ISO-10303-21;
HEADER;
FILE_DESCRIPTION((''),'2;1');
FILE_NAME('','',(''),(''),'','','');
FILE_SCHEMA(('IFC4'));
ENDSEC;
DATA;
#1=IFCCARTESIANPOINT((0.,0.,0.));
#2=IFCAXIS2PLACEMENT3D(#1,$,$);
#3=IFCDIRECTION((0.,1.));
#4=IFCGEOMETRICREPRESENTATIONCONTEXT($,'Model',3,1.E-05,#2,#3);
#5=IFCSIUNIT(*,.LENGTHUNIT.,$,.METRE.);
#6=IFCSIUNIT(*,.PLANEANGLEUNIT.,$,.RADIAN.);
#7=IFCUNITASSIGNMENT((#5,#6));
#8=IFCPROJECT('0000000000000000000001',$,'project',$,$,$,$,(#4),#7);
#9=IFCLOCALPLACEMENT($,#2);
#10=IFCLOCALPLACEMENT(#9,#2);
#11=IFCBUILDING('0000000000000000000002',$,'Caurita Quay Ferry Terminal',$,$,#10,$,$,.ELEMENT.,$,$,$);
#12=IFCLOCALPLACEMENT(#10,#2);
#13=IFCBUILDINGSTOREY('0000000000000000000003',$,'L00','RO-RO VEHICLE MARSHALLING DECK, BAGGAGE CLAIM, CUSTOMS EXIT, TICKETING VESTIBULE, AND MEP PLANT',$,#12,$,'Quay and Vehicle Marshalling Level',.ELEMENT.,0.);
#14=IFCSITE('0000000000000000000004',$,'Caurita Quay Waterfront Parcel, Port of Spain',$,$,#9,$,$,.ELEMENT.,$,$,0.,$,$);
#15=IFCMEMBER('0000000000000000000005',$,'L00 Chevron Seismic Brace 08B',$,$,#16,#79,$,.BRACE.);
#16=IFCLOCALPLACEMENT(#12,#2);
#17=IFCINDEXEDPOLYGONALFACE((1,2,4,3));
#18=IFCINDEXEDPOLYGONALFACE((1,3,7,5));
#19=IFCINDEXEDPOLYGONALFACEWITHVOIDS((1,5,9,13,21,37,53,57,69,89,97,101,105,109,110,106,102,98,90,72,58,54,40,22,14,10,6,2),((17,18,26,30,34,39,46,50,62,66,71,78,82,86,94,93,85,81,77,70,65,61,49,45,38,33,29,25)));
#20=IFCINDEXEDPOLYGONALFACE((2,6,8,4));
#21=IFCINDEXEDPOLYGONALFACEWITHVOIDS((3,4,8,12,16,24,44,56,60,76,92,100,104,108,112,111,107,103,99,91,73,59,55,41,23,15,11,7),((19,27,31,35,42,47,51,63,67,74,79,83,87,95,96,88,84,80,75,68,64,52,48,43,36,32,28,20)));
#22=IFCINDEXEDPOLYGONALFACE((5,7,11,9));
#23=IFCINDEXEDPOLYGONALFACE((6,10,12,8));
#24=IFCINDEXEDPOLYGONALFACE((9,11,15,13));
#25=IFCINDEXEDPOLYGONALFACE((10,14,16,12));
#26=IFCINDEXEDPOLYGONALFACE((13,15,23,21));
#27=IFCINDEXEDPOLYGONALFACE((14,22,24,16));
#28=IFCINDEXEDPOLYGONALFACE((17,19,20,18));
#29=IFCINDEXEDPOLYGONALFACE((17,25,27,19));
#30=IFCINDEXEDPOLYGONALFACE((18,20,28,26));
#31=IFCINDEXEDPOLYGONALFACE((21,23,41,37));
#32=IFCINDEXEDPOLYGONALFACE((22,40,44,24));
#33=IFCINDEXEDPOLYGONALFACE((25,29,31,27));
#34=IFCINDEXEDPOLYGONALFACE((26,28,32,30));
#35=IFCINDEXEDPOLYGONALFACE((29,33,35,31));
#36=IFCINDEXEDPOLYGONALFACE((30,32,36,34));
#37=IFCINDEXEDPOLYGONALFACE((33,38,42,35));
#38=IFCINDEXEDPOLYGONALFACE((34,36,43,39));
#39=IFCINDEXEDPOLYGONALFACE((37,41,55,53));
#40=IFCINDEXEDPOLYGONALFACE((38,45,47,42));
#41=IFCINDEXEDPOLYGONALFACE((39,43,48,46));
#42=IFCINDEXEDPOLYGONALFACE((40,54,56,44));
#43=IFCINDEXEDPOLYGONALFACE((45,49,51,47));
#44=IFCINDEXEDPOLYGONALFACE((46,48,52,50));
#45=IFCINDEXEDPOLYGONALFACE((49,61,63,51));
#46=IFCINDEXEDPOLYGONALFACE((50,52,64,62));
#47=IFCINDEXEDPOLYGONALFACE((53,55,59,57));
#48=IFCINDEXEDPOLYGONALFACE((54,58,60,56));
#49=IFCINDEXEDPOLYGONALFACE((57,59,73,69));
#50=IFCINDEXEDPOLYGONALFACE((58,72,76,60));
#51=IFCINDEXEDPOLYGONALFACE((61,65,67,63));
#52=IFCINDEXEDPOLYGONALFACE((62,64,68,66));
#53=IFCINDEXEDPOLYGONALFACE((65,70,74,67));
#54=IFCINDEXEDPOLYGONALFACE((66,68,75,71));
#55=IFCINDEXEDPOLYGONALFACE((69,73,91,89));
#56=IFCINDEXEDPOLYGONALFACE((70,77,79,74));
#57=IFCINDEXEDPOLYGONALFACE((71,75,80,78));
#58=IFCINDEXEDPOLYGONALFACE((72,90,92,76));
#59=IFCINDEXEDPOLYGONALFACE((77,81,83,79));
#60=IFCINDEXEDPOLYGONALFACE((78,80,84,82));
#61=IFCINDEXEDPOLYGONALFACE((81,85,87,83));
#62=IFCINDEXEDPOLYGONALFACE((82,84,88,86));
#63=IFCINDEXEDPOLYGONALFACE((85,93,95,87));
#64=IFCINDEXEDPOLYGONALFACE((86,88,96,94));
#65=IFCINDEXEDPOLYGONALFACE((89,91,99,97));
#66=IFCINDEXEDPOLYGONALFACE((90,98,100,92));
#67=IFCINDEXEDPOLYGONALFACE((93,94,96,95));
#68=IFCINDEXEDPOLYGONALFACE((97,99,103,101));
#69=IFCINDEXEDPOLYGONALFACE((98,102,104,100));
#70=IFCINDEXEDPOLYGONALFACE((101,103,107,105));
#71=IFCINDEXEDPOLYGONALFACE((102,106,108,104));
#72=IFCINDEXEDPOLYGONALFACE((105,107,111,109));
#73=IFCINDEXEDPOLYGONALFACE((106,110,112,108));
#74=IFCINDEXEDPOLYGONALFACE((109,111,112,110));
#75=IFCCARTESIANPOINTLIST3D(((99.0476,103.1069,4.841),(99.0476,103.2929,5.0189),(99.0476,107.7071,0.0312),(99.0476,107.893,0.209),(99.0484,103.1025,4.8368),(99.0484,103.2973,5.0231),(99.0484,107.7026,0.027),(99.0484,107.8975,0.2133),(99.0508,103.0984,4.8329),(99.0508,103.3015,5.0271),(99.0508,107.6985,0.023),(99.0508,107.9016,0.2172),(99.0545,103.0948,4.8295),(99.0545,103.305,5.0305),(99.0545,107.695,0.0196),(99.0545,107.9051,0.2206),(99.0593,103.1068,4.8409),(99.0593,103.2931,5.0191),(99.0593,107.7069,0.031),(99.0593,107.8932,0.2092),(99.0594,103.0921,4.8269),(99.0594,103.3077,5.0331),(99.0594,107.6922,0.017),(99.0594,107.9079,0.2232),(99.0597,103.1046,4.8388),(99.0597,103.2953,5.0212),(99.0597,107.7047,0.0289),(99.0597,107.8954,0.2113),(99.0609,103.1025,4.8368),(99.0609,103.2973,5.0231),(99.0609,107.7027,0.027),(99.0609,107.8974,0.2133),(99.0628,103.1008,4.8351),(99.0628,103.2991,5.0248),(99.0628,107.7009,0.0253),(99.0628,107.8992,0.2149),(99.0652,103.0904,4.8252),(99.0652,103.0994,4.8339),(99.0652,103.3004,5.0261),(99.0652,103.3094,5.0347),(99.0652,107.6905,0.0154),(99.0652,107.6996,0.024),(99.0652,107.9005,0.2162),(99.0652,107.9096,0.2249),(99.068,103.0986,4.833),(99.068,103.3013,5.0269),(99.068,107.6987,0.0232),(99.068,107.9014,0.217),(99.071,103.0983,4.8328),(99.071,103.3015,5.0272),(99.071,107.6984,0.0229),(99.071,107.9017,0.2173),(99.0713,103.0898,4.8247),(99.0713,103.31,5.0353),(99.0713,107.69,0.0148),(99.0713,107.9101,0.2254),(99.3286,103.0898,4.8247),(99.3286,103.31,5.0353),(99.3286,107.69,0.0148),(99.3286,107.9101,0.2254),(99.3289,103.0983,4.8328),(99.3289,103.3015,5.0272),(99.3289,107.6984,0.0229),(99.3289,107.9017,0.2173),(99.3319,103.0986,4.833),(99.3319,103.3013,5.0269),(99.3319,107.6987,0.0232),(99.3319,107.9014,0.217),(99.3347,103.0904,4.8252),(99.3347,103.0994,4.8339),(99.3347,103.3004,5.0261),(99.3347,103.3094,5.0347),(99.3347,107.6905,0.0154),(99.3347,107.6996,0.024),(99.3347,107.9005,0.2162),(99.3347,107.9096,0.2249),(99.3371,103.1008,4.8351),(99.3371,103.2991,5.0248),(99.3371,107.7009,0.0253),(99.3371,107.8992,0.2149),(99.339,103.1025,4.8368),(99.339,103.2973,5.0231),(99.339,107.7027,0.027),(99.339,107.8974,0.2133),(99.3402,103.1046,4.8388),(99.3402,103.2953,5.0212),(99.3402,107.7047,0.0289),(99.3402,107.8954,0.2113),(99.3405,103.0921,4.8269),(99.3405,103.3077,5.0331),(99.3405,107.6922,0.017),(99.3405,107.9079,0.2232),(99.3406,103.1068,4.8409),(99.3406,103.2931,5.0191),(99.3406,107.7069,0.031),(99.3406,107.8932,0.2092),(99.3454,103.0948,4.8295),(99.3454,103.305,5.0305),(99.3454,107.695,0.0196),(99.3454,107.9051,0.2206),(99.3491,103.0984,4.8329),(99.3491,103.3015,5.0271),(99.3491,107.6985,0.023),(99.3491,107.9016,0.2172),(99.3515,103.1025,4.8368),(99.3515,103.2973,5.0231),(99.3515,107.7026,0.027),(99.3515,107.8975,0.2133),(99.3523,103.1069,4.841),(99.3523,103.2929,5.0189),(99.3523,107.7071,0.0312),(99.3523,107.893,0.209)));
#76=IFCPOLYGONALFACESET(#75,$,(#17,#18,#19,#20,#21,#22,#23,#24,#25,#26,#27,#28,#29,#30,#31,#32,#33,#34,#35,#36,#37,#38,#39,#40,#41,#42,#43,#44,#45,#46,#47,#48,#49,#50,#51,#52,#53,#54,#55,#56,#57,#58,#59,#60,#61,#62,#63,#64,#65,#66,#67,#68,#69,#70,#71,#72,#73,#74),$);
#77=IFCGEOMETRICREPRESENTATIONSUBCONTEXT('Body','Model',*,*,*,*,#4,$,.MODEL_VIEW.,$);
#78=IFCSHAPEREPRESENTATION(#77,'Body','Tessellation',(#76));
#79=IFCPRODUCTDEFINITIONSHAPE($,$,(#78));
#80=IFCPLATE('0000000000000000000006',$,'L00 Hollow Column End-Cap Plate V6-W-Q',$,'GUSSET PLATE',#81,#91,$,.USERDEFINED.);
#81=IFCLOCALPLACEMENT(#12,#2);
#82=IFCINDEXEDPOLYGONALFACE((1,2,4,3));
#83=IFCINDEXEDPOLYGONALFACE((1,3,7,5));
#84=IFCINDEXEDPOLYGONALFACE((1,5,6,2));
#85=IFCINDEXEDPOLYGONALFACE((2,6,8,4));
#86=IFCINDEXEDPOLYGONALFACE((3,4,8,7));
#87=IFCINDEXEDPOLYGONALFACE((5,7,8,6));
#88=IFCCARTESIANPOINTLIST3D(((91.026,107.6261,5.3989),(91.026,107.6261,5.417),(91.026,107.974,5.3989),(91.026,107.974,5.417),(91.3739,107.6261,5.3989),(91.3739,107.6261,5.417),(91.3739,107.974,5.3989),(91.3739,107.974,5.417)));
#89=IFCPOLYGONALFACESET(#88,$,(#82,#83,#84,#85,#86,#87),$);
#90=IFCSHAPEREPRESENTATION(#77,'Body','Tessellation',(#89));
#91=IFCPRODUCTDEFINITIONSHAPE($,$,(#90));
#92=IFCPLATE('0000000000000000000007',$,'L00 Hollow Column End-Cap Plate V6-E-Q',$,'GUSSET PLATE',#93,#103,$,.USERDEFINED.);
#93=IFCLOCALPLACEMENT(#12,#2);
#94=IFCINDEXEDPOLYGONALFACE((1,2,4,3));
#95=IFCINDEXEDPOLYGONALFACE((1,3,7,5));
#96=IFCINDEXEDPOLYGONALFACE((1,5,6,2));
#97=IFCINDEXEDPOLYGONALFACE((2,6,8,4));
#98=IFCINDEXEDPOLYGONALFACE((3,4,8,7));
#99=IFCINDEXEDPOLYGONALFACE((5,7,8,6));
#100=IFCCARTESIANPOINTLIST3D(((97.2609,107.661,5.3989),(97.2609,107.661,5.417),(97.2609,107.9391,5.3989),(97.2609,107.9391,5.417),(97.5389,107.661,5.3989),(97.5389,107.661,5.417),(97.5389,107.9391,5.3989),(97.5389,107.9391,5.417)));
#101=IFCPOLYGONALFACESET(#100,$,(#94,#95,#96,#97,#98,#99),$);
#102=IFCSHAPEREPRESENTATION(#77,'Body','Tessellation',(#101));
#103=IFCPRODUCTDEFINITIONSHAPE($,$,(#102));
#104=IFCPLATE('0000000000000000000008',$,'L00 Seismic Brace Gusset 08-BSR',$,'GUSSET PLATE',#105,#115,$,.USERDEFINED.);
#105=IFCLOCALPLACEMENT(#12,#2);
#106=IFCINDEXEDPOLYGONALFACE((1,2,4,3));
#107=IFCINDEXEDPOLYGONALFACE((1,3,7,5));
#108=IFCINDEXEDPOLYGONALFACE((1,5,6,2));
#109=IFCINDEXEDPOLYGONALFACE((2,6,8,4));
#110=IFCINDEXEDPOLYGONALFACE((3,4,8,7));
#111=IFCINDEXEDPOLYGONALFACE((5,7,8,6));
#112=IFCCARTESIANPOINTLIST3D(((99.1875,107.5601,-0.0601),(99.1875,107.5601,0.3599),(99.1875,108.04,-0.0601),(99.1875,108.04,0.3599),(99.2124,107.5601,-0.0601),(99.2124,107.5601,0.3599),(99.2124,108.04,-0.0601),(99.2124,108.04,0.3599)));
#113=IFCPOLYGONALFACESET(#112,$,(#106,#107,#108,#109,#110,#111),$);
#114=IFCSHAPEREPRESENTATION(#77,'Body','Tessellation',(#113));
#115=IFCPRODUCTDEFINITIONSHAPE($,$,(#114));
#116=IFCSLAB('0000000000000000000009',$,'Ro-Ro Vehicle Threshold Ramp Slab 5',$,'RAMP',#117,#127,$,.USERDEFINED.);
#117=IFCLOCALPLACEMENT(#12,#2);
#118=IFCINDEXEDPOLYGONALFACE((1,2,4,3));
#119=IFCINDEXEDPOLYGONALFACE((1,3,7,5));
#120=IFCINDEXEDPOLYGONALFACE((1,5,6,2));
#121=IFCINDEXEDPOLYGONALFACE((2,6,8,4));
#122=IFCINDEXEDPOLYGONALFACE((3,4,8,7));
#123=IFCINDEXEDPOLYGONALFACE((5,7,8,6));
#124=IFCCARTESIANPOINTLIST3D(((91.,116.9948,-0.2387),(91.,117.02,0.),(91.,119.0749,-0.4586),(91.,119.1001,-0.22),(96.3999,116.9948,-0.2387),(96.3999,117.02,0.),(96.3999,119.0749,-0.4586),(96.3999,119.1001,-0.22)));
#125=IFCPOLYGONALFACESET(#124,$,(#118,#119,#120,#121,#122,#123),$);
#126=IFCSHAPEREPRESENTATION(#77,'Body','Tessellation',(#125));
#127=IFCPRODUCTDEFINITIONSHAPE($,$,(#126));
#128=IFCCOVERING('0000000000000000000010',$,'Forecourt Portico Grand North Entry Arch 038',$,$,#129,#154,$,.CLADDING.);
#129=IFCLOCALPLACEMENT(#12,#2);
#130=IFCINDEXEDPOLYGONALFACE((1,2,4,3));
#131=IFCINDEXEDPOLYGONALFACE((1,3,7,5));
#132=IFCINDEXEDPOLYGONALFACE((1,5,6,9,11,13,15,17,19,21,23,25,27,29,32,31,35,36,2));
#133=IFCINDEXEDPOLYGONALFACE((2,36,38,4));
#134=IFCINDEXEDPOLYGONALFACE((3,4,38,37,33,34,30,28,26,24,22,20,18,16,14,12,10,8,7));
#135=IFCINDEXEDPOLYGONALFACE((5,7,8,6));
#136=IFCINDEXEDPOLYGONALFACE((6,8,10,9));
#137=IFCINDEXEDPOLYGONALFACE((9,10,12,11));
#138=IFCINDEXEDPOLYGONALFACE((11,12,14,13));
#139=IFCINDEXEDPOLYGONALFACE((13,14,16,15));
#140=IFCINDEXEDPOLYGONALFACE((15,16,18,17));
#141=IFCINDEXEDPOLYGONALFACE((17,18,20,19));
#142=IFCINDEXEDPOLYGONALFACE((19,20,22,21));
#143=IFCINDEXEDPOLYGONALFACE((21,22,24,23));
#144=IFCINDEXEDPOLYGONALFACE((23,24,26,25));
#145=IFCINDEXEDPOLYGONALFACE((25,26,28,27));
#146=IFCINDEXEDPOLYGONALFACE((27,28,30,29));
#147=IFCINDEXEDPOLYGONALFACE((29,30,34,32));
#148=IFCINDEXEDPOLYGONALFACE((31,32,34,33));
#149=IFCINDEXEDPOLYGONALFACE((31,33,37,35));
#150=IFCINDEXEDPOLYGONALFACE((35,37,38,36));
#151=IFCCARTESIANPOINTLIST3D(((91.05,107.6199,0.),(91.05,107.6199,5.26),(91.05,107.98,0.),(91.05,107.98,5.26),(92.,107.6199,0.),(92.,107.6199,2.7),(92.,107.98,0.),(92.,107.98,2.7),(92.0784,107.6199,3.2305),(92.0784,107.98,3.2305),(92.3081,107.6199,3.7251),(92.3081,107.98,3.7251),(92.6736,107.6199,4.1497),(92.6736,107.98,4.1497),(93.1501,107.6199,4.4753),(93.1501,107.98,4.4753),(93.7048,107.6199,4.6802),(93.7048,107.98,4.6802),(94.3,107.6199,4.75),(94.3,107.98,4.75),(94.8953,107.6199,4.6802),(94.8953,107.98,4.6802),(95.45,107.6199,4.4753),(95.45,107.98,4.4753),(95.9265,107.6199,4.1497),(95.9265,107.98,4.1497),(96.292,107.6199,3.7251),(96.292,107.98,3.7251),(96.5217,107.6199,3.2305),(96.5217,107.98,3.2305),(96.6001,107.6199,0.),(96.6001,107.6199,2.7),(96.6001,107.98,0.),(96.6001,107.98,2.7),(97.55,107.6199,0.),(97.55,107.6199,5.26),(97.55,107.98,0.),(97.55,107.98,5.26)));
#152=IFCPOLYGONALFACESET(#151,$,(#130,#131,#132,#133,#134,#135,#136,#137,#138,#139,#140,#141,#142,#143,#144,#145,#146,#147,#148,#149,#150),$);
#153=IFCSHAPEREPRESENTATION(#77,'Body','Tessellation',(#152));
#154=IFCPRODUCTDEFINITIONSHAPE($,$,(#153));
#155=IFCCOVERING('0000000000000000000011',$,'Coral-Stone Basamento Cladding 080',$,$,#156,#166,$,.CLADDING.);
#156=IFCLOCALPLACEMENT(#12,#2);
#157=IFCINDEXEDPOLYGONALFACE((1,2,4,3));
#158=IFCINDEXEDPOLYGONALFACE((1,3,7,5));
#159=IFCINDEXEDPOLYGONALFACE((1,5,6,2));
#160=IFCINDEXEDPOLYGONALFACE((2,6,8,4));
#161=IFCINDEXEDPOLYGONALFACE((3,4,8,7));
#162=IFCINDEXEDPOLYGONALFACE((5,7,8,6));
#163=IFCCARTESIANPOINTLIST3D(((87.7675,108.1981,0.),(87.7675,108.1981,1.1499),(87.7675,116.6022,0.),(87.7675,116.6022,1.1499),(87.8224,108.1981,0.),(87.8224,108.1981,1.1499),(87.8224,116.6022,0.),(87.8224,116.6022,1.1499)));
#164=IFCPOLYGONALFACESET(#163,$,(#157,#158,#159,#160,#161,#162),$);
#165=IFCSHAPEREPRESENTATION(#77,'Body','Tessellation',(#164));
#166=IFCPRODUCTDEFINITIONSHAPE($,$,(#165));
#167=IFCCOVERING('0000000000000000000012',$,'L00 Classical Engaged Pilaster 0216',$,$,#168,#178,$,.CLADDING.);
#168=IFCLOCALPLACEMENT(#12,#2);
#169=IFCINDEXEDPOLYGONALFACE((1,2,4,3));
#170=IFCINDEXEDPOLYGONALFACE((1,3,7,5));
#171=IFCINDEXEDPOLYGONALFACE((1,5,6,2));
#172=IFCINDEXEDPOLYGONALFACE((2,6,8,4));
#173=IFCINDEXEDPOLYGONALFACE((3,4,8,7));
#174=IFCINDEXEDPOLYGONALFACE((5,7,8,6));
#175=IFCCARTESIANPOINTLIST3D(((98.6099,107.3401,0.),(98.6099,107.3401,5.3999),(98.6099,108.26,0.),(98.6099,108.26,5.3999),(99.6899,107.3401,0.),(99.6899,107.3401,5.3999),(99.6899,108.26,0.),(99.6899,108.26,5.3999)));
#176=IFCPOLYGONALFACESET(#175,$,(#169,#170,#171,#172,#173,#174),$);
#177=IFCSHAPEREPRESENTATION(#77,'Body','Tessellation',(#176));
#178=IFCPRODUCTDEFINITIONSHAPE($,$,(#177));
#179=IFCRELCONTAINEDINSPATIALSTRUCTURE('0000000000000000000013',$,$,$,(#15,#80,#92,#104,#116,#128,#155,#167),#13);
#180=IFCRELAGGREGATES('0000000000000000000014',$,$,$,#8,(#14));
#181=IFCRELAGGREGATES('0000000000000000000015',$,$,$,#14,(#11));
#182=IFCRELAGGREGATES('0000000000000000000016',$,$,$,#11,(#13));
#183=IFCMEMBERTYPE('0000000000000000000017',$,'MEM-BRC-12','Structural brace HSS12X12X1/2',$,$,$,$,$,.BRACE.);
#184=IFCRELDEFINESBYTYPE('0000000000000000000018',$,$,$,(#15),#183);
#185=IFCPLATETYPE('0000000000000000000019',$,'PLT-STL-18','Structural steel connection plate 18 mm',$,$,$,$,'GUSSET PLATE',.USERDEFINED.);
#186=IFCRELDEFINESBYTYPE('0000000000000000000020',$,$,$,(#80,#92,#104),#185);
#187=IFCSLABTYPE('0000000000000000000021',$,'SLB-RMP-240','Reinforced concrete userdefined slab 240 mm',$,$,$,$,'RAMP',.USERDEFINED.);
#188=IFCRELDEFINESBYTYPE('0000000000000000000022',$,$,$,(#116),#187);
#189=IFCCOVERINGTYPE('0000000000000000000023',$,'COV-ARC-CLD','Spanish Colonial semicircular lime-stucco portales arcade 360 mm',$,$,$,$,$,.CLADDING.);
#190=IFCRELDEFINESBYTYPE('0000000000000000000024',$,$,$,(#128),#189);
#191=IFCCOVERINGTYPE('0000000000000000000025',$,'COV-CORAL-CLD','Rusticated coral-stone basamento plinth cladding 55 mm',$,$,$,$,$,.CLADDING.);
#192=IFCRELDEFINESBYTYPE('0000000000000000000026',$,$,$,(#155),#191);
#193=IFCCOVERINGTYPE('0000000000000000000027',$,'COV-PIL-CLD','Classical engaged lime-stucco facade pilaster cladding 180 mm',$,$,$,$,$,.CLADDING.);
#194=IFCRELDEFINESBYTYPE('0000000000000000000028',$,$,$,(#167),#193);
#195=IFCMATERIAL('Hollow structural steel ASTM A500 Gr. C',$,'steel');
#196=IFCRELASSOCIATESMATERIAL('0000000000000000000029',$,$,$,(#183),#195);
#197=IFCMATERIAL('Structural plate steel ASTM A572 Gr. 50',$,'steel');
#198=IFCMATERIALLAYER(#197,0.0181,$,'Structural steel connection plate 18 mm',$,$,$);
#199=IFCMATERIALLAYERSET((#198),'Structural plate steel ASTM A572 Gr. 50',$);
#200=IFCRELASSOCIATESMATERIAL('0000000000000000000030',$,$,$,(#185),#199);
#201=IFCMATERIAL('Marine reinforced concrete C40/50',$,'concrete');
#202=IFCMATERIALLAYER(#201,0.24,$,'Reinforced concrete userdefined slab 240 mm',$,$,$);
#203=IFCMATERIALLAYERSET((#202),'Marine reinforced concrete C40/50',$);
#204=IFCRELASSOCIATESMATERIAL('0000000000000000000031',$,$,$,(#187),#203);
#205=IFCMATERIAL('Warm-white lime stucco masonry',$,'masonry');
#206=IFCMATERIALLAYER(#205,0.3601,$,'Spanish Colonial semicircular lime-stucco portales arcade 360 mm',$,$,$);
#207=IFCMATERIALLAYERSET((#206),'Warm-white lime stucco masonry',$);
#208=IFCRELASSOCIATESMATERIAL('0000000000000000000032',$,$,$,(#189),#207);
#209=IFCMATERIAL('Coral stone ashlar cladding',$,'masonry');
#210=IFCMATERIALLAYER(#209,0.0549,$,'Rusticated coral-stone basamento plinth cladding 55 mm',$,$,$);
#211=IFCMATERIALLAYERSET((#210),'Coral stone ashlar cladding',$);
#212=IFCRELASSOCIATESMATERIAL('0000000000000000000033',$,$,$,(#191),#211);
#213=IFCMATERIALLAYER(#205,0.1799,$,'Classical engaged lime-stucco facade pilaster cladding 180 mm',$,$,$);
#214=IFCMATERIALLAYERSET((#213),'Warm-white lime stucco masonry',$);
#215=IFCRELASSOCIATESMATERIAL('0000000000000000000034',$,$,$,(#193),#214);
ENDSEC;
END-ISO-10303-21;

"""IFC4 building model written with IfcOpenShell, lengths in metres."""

from ifc_helpers import new_model, si_unit, direction, frame, frame_2d, origin, origin_2d, place, context, subcontext, project, spatial, polyline, rectangle, hollow_rectangle, outline, extrude, material, layer, layer_set, material_profile, profile_set, type_object, element, save


model = new_model("IFC4")

# Units and contexts
model_context = context("Model", 3, precision=1e-05, world=origin(), true_north=direction((0.0, 1.0)))
body_context = subcontext(model_context, "Body", "Model", "MODEL_VIEW")
ifc_project = project(units=[si_unit("LENGTHUNIT", "METRE"), si_unit("PLANEANGLEUNIT", "RADIAN")], contexts=[model_context])

# Site, building, storey
site_placement = place(None, origin())
site = spatial("IfcSite", under=ifc_project, at=site_placement, Name="Caurita Quay Waterfront Parcel, Port of Spain", CompositionType="ELEMENT", RefElevation=0.0)
building_placement = place(site_placement, origin())
building = spatial("IfcBuilding", under=site, at=building_placement, Name="Caurita Quay Ferry Terminal", CompositionType="ELEMENT")
storey_placement = place(building_placement, origin())
storey = spatial("IfcBuildingStorey", under=building, at=storey_placement, Name="L00", Description="RO-RO VEHICLE MARSHALLING DECK, BAGGAGE CLAIM, CUSTOMS EXIT, TICKETING VESTIBULE, AND MEP PLANT", LongName="Quay and Vehicle Marshalling Level", CompositionType="ELEMENT", Elevation=0.0)

# Shared definitions
ifc_material_1 = material(Name="Marine reinforced concrete C40/50", Category="concrete")

# Shared definitions
ifc_material_2 = material(Name="Hollow structural steel ASTM A500 Gr. C", Category="steel")

# Member
ifc_material_profile_1 = material_profile(ifc_material_2, hollow_rectangle(XDim=0.3047, YDim=0.3047, WallThickness=0.0117, InnerFilletRadius=0.0117, OuterFilletRadius=0.0237, at=origin_2d()), Name="HSS12X12X1/2")
ifc_profile_set_1 = profile_set([ifc_material_profile_1], Name="Hollow structural steel ASTM A500 Gr. C")
member_type = type_object("IfcMemberType", Name="MEM-BRC-12", Description="Structural brace HSS12X12X1/2", PredefinedType="BRACE", material=ifc_profile_set_1)
member_placement = place(storey_placement, frame((99.2, 107.8, 0.1201), z_axis=(0.0, -0.691176, 0.722686), x_axis=(1.0, 0.0, 0.0)))
element("IfcMember", 1, at=member_placement, inside=storey, type_object=member_type, Name="L00 Chevron Seismic Brace 08B", PredefinedType="BRACE", context=body_context, shape_type="SweptSolid", body=[
    extrude(hollow_rectangle(XDim=0.3047, YDim=0.3047, WallThickness=0.0117, InnerFilletRadius=0.0117, OuterFilletRadius=0.0237, at=origin_2d()), origin(), (0.0, 0.0, 1.0), 6.6555),
])

# Plates
ifc_material_3 = material(Name="Structural plate steel ASTM A572 Gr. 50", Category="steel")
ifc_layer_1 = layer(ifc_material_3, 0.0181, Name="Structural steel connection plate 18 mm")
ifc_layer_set_1 = layer_set([ifc_layer_1], Name="Structural plate steel ASTM A572 Gr. 50")
plate_type = type_object("IfcPlateType", Name="PLT-STL-18", Description="Structural steel connection plate 18 mm", ElementType="GUSSET PLATE", PredefinedType="USERDEFINED", material=ifc_layer_set_1)
plate_1_placement = place(storey_placement, frame((91.2, 107.8, 5.3989), z_axis=(0.0, 0.0, 1.0), x_axis=(1.0, 0.0, 0.0)))
element("IfcPlate", 2, at=plate_1_placement, inside=storey, type_object=plate_type, Name="L00 Hollow Column End-Cap Plate V6-W-Q", ObjectType="GUSSET PLATE", PredefinedType="USERDEFINED", context=body_context, shape_type="SweptSolid", body=[
    extrude(rectangle(XDim=0.3479, YDim=0.3479, at=origin_2d()), origin(), (0.0, 0.0, 1.0), 0.0181),
])
plate_2_placement = place(storey_placement, frame((97.3999, 107.8, 5.3989), z_axis=(0.0, 0.0, 1.0), x_axis=(1.0, 0.0, 0.0)))
element("IfcPlate", 3, at=plate_2_placement, inside=storey, type_object=plate_type, Name="L00 Hollow Column End-Cap Plate V6-E-Q", ObjectType="GUSSET PLATE", PredefinedType="USERDEFINED", context=body_context, shape_type="SweptSolid", body=[
    extrude(rectangle(XDim=0.2781, YDim=0.2781, at=origin_2d()), origin(), (0.0, 0.0, 1.0), 0.0181),
])
plate_3_placement = place(storey_placement, frame((99.2, 107.8, -0.0601), z_axis=(0.0, 0.0, 1.0), x_axis=(0.0, 1.0, 0.0)))
element("IfcPlate", 4, at=plate_3_placement, inside=storey, type_object=plate_type, Name="L00 Seismic Brace Gusset 08-BSR", ObjectType="GUSSET PLATE", PredefinedType="USERDEFINED", context=body_context, shape_type="SweptSolid", body=[
    extrude(rectangle(XDim=0.48, YDim=0.0249, at=origin_2d()), origin(), (0.0, 0.0, 1.0), 0.4199),
])

# Slab
ifc_layer_2 = layer(ifc_material_1, 0.24, Name="Reinforced concrete userdefined slab 240 mm")
ifc_layer_set_2 = layer_set([ifc_layer_2], Name="Marine reinforced concrete C40/50")
slab_type = type_object("IfcSlabType", Name="SLB-RMP-240", Description="Reinforced concrete userdefined slab 240 mm", ElementType="RAMP", PredefinedType="USERDEFINED", material=ifc_layer_set_2)
slab_placement = place(storey_placement, frame((91.0, 117.02, 0.0), z_axis=(0.0, 0.105165, 0.994455), x_axis=(1.0, 0.0, 0.0)))
element("IfcSlab", 5, at=slab_placement, inside=storey, type_object=slab_type, Name="Ro-Ro Vehicle Threshold Ramp Slab 5", ObjectType="RAMP", PredefinedType="USERDEFINED", context=body_context, shape_type="SweptSolid", body=[
    extrude(outline(polyline([(0.0, 0.0), (5.3999, 0.0), (5.3999, 2.0917), (0.0, 2.0917), (0.0, 0.0)])), origin(), (0.0, 0.0, -1.0), 0.24),
])

# Coverings
ifc_material_4 = material(Name="Warm-white lime stucco masonry", Category="masonry")
ifc_layer_3 = layer(ifc_material_4, 0.3601, Name="Spanish Colonial semicircular lime-stucco portales arcade 360 mm")
ifc_layer_set_3 = layer_set([ifc_layer_3], Name="Warm-white lime stucco masonry")
covering_type_1 = type_object("IfcCoveringType", Name="COV-ARC-CLD", Description="Spanish Colonial semicircular lime-stucco portales arcade 360 mm", PredefinedType="CLADDING", material=ifc_layer_set_3)
covering_1_placement = place(storey_placement, frame((97.55, 107.8, 0.0), z_axis=(0.0, 0.0, 1.0), x_axis=(-1.0, 0.0, 0.0)))
element("IfcCovering", 6, at=covering_1_placement, inside=storey, type_object=covering_type_1, Name="Forecourt Portico Grand North Entry Arch 038", PredefinedType="CLADDING", context=body_context, shape_type="SweptSolid", body=[
    extrude(outline(polyline([(0.0, 0.0), (0.95, 0.0), (0.95, 2.7), (1.0283, 3.2305), (1.2581, 3.7251), (1.6235, 4.1497), (2.1001, 4.4753), (2.6548, 4.6802), (3.25, 4.75), (3.8452, 4.6802), (4.3999, 4.4753), (4.8765, 4.1497), (5.2419, 3.7251), (5.4717, 3.2305), (5.55, 2.7), (5.55, 0.0), (6.5, 0.0), (6.5, 5.26), (0.0, 5.26), (0.0, 0.0)])), frame((0.0, 0.1802, 0.0), z_axis=(0.0, -1.0, 0.0), x_axis=(1.0, 0.0, 0.0)), (0.0, 0.0, 1.0), 0.3601),
])
ifc_material_5 = material(Name="Coral stone ashlar cladding", Category="masonry")
ifc_layer_4 = layer(ifc_material_5, 0.0549, Name="Rusticated coral-stone basamento plinth cladding 55 mm")
ifc_layer_set_4 = layer_set([ifc_layer_4], Name="Coral stone ashlar cladding")
covering_type_2 = type_object("IfcCoveringType", Name="COV-CORAL-CLD", Description="Rusticated coral-stone basamento plinth cladding 55 mm", PredefinedType="CLADDING", material=ifc_layer_set_4)
covering_2_placement = place(storey_placement, frame((87.7949, 108.198, 0.0), z_axis=(0.0, 0.0, 1.0), x_axis=(0.0, 1.0, 0.0)))
element("IfcCovering", 7, at=covering_2_placement, inside=storey, type_object=covering_type_2, Name="Coral-Stone Basamento Cladding 080", PredefinedType="CLADDING", context=body_context, shape_type="SweptSolid", body=[
    extrude(rectangle(XDim=8.4041, YDim=0.0549, at=frame_2d((4.2021, 0.0))), origin(), (0.0, 0.0, 1.0), 1.1499),
])
ifc_layer_5 = layer(ifc_material_4, 0.1799, Name="Classical engaged lime-stucco facade pilaster cladding 180 mm")
ifc_layer_set_5 = layer_set([ifc_layer_5], Name="Warm-white lime stucco masonry")
covering_type_3 = type_object("IfcCoveringType", Name="COV-PIL-CLD", Description="Classical engaged lime-stucco facade pilaster cladding 180 mm", PredefinedType="CLADDING", material=ifc_layer_set_5)
covering_3_placement = place(storey_placement, frame((99.1499, 107.8, 0.0), z_axis=(0.0, 0.0, 1.0), x_axis=(1.0, 0.0, 0.0)))
element("IfcCovering", 8, at=covering_3_placement, inside=storey, type_object=covering_type_3, Name="L00 Classical Engaged Pilaster 0216", PredefinedType="CLADDING", context=body_context, shape_type="SweptSolid", body=[
    extrude(rectangle(XDim=1.0801, YDim=0.9199, at=origin_2d()), origin(), (0.0, 0.0, 1.0), 5.3999),
])

save(model, "model.ifc")
